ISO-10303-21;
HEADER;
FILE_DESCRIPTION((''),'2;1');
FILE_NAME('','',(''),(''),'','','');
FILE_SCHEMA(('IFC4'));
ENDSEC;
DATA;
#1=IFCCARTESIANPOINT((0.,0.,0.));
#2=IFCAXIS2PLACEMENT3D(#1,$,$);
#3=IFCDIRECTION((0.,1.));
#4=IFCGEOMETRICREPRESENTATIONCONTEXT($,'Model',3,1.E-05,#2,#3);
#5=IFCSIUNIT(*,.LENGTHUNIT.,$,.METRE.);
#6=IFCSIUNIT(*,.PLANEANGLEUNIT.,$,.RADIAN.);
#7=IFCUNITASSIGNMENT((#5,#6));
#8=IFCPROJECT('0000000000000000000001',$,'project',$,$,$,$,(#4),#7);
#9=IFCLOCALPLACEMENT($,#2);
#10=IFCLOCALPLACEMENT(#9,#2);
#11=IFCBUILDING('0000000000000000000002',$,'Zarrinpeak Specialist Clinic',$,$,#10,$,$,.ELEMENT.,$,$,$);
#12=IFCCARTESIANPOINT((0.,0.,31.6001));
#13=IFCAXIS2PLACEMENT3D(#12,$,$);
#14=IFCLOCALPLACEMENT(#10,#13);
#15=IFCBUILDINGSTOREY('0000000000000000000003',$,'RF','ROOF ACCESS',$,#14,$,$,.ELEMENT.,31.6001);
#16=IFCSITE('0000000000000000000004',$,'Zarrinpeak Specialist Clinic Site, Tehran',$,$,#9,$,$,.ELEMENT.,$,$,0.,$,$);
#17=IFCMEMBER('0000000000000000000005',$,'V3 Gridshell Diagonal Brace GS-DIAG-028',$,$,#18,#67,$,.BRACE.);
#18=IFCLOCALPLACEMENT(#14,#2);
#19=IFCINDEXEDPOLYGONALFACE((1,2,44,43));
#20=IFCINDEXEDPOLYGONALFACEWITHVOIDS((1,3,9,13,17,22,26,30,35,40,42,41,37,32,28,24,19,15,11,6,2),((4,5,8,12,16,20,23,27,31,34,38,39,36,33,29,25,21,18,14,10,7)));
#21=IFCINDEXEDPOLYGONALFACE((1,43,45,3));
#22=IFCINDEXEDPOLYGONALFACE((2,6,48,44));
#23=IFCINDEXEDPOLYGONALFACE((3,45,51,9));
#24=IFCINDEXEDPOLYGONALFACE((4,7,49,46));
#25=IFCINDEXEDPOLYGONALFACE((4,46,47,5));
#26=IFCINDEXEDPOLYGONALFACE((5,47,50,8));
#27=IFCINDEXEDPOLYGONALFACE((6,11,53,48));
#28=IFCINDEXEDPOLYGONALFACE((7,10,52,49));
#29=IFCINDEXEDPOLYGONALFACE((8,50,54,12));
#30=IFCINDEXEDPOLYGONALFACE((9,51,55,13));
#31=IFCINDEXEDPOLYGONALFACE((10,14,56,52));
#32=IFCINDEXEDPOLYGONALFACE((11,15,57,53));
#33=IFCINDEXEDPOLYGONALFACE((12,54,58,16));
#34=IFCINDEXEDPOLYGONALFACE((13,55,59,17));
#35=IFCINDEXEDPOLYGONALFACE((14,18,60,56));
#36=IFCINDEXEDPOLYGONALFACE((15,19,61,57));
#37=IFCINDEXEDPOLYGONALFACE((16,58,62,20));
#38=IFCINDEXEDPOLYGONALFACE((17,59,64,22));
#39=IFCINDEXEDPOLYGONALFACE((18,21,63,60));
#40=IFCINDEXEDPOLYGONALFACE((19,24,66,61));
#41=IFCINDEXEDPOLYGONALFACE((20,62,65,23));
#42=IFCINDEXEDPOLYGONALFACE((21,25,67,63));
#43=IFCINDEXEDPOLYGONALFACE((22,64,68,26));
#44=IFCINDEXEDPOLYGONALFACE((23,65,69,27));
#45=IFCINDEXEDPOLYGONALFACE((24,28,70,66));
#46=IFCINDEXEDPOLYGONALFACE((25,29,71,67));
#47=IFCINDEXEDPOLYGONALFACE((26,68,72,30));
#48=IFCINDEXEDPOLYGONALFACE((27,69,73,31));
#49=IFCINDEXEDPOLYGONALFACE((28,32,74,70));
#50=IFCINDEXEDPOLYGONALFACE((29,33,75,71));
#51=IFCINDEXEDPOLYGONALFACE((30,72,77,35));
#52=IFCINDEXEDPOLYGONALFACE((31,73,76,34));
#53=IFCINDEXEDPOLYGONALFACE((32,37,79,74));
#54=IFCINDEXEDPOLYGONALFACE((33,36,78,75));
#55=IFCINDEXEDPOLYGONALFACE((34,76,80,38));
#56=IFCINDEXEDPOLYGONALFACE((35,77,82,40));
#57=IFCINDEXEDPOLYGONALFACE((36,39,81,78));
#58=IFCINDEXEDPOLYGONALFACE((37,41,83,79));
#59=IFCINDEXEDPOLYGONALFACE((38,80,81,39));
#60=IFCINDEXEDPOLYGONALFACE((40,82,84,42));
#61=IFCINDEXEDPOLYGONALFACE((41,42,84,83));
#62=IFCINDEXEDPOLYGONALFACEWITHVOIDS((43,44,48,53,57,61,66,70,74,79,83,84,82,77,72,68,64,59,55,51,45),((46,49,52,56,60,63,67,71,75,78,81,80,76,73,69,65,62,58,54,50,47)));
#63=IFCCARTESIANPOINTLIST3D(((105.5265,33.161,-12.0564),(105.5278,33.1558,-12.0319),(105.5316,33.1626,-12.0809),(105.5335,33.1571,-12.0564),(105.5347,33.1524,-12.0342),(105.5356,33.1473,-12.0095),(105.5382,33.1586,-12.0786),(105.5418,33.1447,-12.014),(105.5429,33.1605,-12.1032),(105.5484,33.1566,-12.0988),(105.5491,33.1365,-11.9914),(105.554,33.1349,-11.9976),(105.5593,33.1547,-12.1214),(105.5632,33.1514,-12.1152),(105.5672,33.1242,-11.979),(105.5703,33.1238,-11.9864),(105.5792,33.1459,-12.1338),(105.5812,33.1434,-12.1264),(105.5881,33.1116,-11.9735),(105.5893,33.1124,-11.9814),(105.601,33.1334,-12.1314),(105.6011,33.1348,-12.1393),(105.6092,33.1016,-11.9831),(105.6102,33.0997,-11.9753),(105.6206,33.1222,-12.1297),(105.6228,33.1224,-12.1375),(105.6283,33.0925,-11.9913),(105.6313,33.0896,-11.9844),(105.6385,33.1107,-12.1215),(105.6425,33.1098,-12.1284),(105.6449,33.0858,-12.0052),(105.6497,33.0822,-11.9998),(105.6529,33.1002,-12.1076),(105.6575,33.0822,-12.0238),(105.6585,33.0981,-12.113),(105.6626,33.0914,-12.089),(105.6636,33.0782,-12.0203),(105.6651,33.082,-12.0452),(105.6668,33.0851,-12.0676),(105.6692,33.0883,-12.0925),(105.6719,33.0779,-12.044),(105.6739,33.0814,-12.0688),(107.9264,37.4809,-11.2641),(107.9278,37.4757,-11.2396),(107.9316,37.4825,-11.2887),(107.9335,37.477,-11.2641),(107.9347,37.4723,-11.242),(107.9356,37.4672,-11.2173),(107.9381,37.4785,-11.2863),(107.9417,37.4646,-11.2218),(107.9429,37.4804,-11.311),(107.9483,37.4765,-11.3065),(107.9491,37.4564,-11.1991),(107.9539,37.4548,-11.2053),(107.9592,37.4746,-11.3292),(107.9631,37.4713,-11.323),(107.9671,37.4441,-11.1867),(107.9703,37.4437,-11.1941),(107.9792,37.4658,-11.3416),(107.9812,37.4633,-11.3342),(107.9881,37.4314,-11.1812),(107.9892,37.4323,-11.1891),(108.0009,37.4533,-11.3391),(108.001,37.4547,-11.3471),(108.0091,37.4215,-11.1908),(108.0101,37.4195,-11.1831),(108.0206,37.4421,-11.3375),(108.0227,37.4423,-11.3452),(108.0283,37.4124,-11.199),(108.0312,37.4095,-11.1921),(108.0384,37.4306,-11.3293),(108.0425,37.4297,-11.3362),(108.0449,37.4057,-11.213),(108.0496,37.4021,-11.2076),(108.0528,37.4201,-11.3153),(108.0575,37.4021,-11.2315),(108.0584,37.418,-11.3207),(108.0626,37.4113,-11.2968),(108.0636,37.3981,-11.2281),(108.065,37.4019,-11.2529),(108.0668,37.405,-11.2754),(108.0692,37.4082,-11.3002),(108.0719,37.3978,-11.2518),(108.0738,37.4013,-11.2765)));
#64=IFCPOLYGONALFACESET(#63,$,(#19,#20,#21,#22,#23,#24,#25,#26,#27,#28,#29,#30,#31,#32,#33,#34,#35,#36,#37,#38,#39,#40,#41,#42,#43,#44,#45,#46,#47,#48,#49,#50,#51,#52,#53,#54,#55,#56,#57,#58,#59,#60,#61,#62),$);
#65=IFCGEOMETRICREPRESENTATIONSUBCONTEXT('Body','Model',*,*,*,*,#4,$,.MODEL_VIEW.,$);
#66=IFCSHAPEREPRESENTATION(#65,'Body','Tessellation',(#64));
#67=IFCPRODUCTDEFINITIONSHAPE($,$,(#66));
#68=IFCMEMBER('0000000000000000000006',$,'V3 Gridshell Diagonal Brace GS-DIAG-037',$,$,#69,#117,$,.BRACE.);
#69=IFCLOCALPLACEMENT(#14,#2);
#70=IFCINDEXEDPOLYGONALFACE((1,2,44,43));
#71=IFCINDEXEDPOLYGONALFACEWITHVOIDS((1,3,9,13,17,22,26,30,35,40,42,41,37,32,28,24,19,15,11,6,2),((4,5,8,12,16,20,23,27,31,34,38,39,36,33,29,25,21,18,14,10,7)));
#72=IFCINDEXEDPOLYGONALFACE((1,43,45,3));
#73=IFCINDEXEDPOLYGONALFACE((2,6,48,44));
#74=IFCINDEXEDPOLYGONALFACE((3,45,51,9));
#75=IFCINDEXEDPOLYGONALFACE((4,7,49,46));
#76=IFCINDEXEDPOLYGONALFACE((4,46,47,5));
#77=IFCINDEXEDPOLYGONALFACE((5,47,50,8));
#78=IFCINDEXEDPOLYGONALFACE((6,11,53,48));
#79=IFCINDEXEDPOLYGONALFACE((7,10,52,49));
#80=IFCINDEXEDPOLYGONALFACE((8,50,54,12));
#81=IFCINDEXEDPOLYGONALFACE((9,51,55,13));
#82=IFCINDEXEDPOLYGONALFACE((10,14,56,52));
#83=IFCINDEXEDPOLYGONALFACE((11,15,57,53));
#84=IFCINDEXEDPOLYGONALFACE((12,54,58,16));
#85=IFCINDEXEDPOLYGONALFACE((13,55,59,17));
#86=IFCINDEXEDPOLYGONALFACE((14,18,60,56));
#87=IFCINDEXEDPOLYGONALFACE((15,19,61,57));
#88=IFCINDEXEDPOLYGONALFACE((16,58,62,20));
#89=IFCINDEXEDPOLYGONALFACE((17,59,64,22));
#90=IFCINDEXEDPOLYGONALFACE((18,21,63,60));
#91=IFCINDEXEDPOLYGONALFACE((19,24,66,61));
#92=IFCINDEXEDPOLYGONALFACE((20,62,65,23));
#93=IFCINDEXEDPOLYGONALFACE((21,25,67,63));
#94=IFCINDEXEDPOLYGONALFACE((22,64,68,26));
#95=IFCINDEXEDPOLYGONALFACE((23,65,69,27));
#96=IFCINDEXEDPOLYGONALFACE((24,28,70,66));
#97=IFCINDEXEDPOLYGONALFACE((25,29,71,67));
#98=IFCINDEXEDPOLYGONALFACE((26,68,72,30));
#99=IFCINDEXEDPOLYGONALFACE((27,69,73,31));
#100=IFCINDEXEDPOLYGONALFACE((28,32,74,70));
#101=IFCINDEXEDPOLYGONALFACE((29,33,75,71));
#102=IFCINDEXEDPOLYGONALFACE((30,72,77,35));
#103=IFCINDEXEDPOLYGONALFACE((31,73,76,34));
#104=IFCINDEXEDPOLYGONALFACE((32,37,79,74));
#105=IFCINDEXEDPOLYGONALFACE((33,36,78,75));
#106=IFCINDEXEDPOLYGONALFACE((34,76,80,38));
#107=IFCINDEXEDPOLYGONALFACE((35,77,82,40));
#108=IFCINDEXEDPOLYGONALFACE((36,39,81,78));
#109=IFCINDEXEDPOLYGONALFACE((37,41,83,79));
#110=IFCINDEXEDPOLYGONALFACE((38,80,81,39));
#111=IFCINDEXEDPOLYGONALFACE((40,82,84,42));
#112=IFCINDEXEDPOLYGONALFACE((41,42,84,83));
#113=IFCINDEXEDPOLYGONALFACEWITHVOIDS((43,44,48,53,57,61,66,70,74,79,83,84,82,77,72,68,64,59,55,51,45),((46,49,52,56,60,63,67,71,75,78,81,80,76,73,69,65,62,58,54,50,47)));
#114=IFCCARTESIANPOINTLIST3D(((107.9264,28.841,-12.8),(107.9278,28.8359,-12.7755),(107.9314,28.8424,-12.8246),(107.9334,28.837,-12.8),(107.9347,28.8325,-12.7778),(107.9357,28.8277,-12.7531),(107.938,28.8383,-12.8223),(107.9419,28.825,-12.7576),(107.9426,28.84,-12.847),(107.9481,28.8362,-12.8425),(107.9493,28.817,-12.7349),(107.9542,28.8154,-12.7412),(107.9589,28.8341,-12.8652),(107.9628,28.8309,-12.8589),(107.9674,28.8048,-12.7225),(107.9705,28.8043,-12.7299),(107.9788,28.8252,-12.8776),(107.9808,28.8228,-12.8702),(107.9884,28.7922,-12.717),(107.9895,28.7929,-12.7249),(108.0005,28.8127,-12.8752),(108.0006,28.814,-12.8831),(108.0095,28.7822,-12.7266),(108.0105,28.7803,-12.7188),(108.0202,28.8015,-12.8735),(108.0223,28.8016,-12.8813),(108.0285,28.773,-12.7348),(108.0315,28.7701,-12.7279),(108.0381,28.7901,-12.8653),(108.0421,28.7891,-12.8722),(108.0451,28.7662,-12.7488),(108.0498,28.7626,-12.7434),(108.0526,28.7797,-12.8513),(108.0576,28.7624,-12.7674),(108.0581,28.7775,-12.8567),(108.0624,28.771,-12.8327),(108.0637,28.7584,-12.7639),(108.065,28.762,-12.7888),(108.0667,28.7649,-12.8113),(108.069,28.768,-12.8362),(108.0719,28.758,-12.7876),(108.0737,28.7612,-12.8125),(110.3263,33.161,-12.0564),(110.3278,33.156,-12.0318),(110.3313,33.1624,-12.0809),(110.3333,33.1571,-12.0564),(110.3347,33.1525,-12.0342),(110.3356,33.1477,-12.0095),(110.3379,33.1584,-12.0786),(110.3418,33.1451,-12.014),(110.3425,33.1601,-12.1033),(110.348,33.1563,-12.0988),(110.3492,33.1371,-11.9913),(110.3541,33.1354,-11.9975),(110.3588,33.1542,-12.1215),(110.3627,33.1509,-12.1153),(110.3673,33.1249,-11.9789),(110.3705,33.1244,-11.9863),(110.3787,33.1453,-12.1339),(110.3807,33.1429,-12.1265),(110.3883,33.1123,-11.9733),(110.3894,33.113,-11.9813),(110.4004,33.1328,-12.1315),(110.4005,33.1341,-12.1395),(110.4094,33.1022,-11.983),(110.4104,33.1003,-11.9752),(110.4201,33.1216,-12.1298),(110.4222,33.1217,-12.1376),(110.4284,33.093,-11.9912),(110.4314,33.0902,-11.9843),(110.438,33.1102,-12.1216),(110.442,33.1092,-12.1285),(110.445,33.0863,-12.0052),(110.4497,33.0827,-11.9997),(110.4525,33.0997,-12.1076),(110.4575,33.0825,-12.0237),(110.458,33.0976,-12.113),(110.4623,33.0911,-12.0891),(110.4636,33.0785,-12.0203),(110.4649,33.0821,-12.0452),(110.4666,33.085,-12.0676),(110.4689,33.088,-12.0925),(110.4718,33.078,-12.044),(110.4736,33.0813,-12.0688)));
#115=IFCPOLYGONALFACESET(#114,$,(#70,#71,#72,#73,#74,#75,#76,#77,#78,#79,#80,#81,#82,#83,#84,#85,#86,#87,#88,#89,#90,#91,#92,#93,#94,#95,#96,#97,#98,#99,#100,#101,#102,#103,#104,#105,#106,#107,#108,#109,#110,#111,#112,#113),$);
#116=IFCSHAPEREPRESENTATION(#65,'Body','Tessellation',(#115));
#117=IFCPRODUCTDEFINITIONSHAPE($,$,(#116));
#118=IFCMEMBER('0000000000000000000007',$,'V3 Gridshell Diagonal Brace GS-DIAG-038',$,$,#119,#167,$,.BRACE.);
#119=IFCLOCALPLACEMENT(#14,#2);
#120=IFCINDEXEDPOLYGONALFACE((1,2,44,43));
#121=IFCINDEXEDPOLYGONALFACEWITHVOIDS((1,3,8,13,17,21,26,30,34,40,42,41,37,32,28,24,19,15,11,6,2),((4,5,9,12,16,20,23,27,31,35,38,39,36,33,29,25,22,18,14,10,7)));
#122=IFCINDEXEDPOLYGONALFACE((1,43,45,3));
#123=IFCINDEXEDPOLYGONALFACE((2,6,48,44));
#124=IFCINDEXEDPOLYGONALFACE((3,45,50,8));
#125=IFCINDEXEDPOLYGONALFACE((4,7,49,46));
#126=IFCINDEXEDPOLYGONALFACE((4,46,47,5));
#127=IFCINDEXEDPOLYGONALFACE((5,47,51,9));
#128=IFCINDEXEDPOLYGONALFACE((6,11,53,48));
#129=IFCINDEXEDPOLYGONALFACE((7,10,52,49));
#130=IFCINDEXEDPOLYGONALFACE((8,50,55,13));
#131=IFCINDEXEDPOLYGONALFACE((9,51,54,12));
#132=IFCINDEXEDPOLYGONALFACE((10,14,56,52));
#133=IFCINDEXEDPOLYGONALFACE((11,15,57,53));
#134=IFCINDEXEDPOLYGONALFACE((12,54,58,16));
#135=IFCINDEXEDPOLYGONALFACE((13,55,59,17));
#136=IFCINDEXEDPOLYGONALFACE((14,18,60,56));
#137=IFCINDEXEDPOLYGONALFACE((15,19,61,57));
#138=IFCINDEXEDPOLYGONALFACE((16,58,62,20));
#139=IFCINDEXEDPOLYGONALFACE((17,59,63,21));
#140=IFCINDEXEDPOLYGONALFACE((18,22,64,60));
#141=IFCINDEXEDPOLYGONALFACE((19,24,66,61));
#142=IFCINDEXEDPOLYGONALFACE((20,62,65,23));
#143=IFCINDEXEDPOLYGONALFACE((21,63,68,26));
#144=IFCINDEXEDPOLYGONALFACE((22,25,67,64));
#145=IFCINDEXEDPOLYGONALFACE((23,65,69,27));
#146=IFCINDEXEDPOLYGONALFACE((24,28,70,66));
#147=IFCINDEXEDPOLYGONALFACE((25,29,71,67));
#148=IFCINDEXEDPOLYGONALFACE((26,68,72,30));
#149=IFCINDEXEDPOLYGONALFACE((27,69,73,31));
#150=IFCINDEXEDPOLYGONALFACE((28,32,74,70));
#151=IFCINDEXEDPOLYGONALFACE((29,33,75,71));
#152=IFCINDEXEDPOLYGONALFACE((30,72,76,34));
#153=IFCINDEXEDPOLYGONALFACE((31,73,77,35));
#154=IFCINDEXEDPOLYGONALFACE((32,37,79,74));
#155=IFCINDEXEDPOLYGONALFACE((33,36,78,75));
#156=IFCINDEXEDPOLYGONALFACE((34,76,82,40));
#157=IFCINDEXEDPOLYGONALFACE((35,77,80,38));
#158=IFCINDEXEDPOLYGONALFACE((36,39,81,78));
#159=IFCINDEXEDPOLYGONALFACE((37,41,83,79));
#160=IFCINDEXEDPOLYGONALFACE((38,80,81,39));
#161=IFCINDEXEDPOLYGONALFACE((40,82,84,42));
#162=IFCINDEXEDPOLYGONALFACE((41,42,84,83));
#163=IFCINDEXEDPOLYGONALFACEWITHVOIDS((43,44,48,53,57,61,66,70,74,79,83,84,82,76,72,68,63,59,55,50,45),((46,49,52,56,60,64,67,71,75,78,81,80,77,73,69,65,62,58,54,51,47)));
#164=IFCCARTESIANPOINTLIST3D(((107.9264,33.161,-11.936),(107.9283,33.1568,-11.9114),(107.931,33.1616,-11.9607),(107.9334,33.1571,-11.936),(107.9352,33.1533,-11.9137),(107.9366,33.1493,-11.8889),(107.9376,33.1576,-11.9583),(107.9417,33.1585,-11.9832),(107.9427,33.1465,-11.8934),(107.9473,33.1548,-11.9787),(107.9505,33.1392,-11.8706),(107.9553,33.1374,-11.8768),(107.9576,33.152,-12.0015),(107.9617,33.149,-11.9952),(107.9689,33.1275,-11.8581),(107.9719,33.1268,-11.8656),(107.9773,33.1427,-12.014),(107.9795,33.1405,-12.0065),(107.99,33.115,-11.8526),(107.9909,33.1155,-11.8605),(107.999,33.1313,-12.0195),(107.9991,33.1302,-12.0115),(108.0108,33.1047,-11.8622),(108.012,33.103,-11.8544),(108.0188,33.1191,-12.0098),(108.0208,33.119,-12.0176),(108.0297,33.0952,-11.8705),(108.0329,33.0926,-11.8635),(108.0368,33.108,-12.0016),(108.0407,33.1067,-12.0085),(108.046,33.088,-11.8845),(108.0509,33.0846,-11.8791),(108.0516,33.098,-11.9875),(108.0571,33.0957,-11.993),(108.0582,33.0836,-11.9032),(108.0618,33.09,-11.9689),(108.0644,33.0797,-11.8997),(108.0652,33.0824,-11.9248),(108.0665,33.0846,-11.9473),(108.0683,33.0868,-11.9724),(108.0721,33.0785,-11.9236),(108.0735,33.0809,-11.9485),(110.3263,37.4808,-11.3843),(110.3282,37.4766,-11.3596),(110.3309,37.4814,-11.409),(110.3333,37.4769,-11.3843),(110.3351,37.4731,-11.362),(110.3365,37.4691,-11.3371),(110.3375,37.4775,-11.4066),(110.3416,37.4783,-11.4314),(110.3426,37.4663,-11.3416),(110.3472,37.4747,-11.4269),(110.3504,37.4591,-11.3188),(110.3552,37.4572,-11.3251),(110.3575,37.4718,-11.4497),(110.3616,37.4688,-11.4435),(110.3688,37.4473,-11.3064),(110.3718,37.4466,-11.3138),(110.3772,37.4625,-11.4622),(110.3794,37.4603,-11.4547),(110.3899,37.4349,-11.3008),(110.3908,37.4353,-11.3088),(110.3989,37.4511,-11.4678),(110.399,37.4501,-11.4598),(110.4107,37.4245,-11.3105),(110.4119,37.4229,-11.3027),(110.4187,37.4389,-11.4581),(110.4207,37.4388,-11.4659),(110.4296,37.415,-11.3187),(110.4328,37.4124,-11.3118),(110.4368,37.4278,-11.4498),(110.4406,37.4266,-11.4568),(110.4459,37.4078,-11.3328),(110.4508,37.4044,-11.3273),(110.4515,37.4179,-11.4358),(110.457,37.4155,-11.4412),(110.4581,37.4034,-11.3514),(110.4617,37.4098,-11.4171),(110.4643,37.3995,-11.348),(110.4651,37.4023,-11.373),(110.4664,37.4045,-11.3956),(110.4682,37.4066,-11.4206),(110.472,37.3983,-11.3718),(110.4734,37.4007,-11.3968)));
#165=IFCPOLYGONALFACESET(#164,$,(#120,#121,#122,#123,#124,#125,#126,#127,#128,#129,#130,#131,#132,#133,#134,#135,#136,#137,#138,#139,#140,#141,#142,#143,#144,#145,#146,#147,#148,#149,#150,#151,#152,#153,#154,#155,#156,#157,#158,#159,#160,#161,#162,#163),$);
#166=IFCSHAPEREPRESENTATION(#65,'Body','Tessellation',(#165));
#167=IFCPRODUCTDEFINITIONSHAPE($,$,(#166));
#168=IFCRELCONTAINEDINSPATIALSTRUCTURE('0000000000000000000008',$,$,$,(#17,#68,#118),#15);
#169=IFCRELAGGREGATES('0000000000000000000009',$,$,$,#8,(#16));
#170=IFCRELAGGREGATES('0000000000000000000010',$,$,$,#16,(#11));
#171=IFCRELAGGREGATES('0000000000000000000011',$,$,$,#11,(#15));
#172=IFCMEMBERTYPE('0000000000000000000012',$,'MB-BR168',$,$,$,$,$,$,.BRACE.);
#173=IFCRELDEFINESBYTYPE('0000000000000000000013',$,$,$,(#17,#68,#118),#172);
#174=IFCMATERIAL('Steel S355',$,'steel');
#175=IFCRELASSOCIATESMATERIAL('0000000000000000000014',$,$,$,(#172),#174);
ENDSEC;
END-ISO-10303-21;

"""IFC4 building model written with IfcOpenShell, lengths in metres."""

from ifc_helpers import new_model, si_unit, direction, frame, origin, origin_2d, place, context, subcontext, project, spatial, hollow_circle, extrude, material, material_profile, profile_set, type_object, element, save


model = new_model("IFC4")

# Units and contexts
model_context = context("Model", 3, precision=1e-05, world=origin(), true_north=direction((0.0, 1.0)))
body_context = subcontext(model_context, "Body", "Model", "MODEL_VIEW")
ifc_project = project(units=[si_unit("LENGTHUNIT", "METRE"), si_unit("PLANEANGLEUNIT", "RADIAN")], contexts=[model_context])

# Site, building, storey
site_placement = place(None, origin())
site = spatial("IfcSite", under=ifc_project, at=site_placement, Name="Zarrinpeak Specialist Clinic Site, Tehran", CompositionType="ELEMENT", RefElevation=0.0)
building_placement = place(site_placement, origin())
building = spatial("IfcBuilding", under=site, at=building_placement, Name="Zarrinpeak Specialist Clinic", CompositionType="ELEMENT")
storey_placement = place(building_placement, frame((0.0, 0.0, 31.6001)))
storey = spatial("IfcBuildingStorey", under=building, at=storey_placement, Name="RF", Description="ROOF ACCESS", CompositionType="ELEMENT", Elevation=31.6001)

# Members
ifc_material_1 = material(Name="Steel S355", Category="steel")
ifc_material_profile_1 = material_profile(ifc_material_1, hollow_circle(Radius=0.0842, WallThickness=0.0081, at=origin_2d()), Name="CHS 168.3x8.0")
ifc_profile_set_1 = profile_set([ifc_material_profile_1], Name="Steel S355")
member_type_1 = type_object("IfcMemberType", Name="MB-BR168", PredefinedType="BRACE", material=ifc_profile_set_1)
member_1_placement = place(storey_placement, frame((105.6001, 33.1201, -12.0564), z_axis=(0.47952, 0.863136, 0.158295), x_axis=(-0.874157, 0.485643, 0.0)))
element("IfcMember", 1, at=member_1_placement, inside=storey, type_object=member_type_1, Name="V3 Gridshell Diagonal Brace GS-DIAG-028", PredefinedType="BRACE", context=body_context, shape_type="SweptSolid", body=[
    extrude(hollow_circle(Radius=0.0842, WallThickness=0.0081, at=origin_2d()), origin(), (0.0, 0.0, 1.0), 5.0049),
])
member_2_placement = place(storey_placement, frame((108.0, 28.8, -12.8), z_axis=(0.480215, 0.864437, 0.148803), x_axis=(-0.874169, 0.485622, 0.0)))
element("IfcMember", 2, at=member_2_placement, inside=storey, type_object=member_type_1, Name="V3 Gridshell Diagonal Brace GS-DIAG-037", PredefinedType="BRACE", context=body_context, shape_type="SweptSolid", body=[
    extrude(hollow_circle(Radius=0.0842, WallThickness=0.0081, at=origin_2d()), origin(), (0.0, 0.0, 1.0), 4.9976),
])
member_3_placement = place(storey_placement, frame((108.0, 33.1201, -11.936), z_axis=(0.482644, 0.868759, 0.110964), x_axis=(-0.874157, 0.485643, 0.0)))
element("IfcMember", 3, at=member_3_placement, inside=storey, type_object=member_type_1, Name="V3 Gridshell Diagonal Brace GS-DIAG-038", PredefinedType="BRACE", context=body_context, shape_type="SweptSolid", body=[
    extrude(hollow_circle(Radius=0.0842, WallThickness=0.0081, at=origin_2d()), origin(), (0.0, 0.0, 1.0), 4.9724),
])

save(model, "model.ifc")
